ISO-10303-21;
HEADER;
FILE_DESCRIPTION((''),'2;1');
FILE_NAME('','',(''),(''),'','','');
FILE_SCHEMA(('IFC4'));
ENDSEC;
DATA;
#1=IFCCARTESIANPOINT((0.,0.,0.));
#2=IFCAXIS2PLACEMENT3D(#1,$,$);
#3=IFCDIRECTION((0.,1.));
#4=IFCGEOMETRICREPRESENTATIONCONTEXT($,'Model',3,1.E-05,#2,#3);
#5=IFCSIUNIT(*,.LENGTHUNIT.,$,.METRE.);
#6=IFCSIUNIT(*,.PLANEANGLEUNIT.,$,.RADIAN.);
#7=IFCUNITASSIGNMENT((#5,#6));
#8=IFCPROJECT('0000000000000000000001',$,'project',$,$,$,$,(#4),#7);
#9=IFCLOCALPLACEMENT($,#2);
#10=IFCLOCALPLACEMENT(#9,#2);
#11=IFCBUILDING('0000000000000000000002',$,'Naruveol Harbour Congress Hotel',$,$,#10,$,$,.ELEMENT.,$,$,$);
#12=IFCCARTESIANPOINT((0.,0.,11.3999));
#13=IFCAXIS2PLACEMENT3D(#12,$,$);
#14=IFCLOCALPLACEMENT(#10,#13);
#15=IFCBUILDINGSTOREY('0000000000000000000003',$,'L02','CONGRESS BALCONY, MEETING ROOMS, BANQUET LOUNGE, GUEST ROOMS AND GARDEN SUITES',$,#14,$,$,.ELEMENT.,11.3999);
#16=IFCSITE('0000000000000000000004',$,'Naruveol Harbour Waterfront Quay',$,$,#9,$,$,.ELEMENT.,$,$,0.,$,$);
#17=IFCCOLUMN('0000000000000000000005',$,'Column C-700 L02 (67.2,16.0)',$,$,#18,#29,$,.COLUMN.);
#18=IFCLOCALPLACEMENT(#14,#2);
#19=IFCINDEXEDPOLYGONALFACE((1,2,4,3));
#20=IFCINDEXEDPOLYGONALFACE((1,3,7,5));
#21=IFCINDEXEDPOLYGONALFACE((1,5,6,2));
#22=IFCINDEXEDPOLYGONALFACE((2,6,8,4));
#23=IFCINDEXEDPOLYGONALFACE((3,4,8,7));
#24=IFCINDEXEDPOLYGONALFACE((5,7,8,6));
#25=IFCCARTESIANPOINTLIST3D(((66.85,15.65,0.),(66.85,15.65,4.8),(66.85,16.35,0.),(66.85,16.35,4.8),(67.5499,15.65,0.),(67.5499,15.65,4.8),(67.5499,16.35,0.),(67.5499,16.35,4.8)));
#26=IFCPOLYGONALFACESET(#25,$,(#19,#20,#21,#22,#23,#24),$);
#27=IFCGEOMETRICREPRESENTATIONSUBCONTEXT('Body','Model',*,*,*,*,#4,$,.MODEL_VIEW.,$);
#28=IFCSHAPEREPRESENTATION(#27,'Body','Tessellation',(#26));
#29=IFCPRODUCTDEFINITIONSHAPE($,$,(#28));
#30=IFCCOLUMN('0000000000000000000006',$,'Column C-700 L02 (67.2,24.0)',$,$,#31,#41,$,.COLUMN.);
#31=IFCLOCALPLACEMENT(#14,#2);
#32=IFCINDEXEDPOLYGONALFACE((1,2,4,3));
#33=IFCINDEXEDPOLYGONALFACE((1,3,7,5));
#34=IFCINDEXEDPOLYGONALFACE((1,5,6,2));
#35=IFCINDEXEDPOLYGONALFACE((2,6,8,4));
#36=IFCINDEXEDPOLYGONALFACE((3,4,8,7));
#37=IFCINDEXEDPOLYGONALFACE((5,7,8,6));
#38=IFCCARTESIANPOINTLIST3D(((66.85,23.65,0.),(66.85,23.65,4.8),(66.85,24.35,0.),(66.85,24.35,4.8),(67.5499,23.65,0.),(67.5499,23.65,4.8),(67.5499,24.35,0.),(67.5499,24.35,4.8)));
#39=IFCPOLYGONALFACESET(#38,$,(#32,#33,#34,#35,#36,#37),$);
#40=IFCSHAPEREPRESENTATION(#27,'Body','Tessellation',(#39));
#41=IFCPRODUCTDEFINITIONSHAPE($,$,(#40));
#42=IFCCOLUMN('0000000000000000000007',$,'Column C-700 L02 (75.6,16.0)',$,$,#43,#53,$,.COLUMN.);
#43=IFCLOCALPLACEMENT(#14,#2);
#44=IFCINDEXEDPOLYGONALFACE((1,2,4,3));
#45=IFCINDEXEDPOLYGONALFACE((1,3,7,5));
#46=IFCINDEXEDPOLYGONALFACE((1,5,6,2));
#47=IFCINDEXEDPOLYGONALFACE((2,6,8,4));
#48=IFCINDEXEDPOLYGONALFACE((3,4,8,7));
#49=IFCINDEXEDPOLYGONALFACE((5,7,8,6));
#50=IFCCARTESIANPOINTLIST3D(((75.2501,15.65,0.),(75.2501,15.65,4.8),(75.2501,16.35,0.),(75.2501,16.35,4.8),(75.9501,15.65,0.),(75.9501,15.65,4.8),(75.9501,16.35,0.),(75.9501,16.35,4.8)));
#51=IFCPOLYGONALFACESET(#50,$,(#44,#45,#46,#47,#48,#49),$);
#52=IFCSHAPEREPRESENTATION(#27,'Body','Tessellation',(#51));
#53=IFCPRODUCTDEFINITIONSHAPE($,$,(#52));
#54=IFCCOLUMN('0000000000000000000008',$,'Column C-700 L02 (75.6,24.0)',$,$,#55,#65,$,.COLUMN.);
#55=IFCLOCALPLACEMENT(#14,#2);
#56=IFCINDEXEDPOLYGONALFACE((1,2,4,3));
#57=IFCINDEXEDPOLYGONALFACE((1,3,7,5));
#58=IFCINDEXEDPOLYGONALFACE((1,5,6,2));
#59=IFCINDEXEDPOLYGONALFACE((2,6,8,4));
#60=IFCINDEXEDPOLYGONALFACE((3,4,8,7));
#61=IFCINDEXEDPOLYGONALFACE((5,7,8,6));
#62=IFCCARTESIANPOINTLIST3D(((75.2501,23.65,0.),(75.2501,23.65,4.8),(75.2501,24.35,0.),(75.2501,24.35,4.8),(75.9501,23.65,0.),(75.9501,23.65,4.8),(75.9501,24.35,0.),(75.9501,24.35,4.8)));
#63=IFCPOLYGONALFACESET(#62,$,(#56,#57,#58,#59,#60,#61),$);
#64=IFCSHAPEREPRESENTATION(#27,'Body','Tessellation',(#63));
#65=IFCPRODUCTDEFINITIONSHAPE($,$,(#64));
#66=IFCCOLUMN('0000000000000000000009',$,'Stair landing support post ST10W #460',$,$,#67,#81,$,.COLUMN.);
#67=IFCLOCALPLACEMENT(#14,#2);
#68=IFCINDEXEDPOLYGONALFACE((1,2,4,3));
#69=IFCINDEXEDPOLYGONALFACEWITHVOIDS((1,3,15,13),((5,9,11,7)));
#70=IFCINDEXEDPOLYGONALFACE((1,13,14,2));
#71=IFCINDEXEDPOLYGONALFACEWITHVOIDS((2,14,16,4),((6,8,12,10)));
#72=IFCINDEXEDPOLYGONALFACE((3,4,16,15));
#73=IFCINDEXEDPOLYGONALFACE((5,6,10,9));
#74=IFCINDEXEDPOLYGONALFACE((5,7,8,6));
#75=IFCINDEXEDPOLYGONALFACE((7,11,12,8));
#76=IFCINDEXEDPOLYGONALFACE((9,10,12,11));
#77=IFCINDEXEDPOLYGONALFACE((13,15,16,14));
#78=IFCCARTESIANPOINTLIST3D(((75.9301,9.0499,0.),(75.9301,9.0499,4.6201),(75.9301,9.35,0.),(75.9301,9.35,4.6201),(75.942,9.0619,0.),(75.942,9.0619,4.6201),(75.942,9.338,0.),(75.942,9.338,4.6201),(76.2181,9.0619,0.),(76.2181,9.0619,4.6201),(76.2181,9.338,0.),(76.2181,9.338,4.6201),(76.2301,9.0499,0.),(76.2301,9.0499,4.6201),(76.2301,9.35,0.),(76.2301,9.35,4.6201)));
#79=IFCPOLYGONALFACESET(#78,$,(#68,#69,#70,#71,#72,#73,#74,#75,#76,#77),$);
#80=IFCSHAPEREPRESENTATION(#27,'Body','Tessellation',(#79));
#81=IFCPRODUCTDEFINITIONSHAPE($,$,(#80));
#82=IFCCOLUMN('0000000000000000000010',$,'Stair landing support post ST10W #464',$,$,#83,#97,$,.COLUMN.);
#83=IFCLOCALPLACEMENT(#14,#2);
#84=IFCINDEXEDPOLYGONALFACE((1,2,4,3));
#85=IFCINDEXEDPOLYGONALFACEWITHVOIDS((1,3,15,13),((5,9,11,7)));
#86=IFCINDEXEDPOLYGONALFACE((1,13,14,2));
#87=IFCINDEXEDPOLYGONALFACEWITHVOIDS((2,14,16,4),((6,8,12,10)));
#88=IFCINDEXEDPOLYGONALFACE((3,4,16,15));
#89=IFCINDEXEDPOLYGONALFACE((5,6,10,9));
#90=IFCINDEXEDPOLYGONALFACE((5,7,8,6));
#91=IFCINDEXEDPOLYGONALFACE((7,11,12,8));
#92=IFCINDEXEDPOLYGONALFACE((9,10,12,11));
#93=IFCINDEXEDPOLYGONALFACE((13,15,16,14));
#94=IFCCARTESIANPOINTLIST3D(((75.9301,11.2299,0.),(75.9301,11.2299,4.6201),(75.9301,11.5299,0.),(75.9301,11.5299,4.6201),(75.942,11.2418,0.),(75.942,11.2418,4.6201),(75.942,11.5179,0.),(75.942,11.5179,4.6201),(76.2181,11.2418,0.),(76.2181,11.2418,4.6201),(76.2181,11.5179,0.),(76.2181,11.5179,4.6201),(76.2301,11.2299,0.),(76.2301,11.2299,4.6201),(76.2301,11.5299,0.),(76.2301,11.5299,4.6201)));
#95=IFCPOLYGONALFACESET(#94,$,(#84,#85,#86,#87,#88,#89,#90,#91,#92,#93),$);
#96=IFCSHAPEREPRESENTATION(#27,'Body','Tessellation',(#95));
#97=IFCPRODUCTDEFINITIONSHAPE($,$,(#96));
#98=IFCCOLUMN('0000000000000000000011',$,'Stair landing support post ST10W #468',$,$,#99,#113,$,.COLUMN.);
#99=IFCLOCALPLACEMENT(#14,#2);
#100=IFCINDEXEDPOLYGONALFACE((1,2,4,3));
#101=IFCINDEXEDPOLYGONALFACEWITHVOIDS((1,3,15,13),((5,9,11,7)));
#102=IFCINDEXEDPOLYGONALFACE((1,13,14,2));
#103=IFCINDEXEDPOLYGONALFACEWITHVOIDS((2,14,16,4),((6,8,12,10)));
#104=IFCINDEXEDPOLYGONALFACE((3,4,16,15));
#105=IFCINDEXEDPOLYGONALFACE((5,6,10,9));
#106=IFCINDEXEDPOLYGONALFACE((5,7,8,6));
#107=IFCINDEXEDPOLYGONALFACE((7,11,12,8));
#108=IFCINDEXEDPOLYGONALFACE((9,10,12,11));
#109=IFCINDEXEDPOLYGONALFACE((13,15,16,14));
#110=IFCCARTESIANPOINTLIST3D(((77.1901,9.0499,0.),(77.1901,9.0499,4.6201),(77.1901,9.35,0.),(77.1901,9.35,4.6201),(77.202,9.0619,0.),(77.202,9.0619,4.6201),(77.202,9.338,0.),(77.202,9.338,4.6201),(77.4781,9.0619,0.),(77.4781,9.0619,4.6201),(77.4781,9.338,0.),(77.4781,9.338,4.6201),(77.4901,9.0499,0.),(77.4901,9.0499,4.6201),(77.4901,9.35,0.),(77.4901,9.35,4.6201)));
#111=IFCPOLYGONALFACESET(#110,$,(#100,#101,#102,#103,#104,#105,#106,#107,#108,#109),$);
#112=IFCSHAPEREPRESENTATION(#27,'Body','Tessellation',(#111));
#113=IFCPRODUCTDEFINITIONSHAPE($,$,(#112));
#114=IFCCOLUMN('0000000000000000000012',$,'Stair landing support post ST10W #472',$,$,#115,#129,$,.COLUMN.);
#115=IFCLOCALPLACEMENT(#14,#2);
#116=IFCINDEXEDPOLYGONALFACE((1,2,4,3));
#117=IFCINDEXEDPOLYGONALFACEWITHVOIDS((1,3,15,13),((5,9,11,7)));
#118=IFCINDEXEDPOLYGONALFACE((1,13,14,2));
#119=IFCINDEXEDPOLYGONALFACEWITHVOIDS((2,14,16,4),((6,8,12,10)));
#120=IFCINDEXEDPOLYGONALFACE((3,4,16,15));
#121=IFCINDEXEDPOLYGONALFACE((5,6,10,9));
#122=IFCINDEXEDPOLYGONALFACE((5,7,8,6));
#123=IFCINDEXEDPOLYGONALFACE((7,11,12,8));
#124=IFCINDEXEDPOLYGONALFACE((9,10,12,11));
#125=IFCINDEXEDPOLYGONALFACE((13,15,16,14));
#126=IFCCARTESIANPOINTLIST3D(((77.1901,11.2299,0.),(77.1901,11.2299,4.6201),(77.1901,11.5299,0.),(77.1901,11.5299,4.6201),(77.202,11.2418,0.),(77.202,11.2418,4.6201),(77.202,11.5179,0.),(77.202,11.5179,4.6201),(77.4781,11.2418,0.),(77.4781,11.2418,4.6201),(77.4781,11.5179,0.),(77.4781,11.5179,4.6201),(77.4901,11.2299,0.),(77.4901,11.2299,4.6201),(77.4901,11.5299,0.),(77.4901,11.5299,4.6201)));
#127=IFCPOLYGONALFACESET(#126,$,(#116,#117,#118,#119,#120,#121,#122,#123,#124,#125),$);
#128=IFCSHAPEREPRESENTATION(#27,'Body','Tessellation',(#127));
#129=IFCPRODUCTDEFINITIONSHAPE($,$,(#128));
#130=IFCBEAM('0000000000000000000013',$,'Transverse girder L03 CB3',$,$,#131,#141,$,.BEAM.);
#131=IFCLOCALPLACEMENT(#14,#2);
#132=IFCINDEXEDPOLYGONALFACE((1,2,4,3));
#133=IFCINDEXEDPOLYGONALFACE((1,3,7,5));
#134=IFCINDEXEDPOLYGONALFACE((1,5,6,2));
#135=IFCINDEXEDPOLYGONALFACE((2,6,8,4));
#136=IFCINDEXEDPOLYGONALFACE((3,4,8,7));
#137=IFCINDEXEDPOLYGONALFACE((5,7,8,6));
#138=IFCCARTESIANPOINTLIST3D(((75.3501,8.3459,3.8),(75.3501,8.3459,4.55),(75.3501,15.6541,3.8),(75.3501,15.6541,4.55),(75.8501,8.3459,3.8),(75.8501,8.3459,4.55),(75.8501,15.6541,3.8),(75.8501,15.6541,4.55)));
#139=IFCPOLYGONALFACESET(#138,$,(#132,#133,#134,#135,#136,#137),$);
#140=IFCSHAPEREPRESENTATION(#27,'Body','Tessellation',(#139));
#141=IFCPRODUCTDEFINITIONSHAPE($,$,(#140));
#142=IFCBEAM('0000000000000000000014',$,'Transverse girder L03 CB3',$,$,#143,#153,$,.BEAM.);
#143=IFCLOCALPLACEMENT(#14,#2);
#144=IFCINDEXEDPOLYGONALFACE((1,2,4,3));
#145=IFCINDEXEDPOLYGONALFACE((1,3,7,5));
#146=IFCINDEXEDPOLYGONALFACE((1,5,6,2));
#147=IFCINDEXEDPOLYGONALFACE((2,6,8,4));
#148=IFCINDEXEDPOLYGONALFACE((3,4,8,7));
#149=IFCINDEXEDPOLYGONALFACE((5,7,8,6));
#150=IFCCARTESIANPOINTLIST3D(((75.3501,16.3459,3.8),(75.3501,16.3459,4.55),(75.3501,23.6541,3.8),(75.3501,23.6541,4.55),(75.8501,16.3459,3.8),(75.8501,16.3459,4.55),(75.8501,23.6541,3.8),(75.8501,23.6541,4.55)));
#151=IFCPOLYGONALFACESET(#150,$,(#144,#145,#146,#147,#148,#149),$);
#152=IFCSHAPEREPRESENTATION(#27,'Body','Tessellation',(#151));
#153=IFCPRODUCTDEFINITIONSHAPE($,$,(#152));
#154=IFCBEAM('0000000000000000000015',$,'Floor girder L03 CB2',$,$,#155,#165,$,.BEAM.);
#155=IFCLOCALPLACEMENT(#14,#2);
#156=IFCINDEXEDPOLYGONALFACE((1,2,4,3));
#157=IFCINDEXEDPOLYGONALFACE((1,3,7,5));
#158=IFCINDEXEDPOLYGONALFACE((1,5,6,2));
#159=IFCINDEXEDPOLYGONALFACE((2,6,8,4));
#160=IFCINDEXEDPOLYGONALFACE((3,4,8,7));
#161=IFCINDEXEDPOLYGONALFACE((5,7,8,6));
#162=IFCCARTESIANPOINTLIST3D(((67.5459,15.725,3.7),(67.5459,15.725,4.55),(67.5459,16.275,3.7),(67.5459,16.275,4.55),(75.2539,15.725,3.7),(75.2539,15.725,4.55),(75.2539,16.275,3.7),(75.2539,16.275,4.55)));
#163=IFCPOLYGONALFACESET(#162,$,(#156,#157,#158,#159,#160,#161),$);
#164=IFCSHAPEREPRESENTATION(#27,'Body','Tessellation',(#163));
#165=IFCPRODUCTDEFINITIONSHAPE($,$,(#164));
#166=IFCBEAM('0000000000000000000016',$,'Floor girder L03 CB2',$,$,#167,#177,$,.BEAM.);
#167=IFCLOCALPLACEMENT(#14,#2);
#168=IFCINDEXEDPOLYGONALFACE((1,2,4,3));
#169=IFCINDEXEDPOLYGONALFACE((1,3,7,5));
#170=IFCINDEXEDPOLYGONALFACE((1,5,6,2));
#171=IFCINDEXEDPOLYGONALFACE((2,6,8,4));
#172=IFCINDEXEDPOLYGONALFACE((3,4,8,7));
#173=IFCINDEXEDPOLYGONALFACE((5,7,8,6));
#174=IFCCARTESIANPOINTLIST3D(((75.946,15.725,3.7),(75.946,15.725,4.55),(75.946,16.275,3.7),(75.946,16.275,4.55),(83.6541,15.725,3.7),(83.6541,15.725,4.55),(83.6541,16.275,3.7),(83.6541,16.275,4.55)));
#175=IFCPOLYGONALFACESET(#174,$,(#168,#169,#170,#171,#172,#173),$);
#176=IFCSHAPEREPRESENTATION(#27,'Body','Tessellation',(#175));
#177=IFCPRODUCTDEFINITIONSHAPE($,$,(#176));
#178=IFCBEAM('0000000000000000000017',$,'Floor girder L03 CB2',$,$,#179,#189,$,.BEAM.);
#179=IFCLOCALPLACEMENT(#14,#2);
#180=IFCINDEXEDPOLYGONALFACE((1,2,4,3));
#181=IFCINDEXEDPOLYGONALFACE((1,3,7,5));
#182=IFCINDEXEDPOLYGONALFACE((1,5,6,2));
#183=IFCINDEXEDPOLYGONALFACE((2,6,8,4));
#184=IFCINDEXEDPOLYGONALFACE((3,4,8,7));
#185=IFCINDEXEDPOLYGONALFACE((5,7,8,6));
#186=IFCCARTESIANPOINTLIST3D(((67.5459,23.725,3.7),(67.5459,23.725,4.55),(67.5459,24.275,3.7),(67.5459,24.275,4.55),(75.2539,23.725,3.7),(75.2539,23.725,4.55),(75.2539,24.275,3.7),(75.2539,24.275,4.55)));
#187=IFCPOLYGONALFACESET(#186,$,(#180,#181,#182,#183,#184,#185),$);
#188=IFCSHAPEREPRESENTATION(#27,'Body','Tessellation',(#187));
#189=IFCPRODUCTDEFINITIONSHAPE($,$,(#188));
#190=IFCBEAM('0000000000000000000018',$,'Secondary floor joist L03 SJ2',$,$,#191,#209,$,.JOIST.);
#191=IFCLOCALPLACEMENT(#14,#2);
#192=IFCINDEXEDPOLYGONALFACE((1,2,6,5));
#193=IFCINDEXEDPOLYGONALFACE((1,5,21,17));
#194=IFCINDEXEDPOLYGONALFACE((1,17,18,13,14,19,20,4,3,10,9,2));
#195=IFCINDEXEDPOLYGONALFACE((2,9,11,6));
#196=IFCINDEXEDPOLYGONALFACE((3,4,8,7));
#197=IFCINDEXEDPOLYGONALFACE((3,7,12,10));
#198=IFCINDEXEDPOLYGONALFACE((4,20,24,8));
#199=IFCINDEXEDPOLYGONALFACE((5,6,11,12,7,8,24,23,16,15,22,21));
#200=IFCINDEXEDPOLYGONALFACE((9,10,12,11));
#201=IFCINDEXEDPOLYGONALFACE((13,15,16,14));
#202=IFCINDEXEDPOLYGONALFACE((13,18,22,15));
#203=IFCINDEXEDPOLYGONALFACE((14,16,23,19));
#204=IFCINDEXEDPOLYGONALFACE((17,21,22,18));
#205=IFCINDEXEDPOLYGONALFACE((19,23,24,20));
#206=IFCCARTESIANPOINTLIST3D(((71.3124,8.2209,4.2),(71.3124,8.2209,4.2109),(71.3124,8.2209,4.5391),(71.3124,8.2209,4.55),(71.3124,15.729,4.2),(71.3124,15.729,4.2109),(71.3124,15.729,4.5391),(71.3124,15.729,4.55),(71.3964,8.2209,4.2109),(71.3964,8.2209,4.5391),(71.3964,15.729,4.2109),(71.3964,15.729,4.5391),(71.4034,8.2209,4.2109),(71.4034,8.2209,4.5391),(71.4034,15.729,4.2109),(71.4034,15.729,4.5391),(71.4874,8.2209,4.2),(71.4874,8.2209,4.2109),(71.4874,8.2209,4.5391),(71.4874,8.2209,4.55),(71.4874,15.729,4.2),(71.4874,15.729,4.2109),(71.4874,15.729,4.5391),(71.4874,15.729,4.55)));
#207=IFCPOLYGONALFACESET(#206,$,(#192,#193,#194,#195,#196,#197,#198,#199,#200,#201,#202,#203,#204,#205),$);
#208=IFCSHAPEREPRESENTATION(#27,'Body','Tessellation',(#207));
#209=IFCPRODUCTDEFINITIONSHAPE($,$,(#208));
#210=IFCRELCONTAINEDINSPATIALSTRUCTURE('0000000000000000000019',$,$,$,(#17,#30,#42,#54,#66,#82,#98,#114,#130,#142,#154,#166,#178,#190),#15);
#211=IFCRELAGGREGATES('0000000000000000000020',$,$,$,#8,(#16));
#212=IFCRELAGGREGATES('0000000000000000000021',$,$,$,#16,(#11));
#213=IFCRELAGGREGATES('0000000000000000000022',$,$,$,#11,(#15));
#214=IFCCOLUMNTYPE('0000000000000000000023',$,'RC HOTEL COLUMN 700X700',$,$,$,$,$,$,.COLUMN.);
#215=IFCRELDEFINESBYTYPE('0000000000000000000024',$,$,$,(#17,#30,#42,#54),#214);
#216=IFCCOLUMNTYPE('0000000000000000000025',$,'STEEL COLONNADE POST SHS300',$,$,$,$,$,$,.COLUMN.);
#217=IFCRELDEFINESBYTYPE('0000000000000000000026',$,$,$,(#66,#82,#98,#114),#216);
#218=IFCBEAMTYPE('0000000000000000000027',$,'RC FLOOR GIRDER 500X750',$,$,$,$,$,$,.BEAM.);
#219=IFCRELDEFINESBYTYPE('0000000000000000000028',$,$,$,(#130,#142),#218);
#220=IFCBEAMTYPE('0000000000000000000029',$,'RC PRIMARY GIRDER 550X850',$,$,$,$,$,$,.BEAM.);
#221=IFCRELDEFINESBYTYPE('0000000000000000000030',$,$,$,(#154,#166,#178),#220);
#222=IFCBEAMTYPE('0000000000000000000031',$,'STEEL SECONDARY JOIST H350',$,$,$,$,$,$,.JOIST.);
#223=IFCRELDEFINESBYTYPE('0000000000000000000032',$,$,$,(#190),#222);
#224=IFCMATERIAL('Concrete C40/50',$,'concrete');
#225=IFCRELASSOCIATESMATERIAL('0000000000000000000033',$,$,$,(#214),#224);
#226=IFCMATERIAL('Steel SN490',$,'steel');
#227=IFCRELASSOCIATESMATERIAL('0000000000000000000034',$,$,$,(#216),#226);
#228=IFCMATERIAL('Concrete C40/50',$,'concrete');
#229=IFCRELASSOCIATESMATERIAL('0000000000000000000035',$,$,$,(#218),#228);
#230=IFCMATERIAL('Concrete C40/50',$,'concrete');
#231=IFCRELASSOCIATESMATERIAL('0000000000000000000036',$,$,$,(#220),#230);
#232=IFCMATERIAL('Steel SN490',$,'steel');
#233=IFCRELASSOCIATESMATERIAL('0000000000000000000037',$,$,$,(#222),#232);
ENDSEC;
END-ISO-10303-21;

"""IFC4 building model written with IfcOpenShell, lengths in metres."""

from ifc_helpers import new_model, si_unit, direction, frame, origin, origin_2d, place, context, subcontext, project, spatial, rectangle, hollow_rectangle, i_section, extrude, material, material_profile, profile_set, type_object, element, save


model = new_model("IFC4")

# Units and contexts
model_context = context("Model", 3, precision=1e-05, world=origin(), true_north=direction((0.0, 1.0)))
body_context = subcontext(model_context, "Body", "Model", "MODEL_VIEW")
ifc_project = project(units=[si_unit("LENGTHUNIT", "METRE"), si_unit("PLANEANGLEUNIT", "RADIAN")], contexts=[model_context])

# Site, building, storey
site_placement = place(None, origin())
site = spatial("IfcSite", under=ifc_project, at=site_placement, Name="Naruveol Harbour Waterfront Quay", CompositionType="ELEMENT", RefElevation=0.0)
building_placement = place(site_placement, origin())
building = spatial("IfcBuilding", under=site, at=building_placement, Name="Naruveol Harbour Congress Hotel", CompositionType="ELEMENT")
storey_placement = place(building_placement, frame((0.0, 0.0, 11.3999)))
storey = spatial("IfcBuildingStorey", under=building, at=storey_placement, Name="L02", Description="CONGRESS BALCONY, MEETING ROOMS, BANQUET LOUNGE, GUEST ROOMS AND GARDEN SUITES", CompositionType="ELEMENT", Elevation=11.3999)

# Columns
ifc_material_1 = material(Name="Concrete C40/50", Category="concrete")
ifc_material_profile_1 = material_profile(ifc_material_1, rectangle(XDim=0.7, YDim=0.7, at=origin_2d()), Name="RC-700x700")
ifc_profile_set_1 = profile_set([ifc_material_profile_1], Name="Concrete C40/50")
column_type_1 = type_object("IfcColumnType", Name="RC HOTEL COLUMN 700X700", PredefinedType="COLUMN", material=ifc_profile_set_1)
for number, where, z_axis, x_axis, name in (
    (1, (67.2, 16.0, 0.0), (0.0, 0.0, 1.0), (1.0, 0.0, 0.0), "Column C-700 L02 (67.2,16.0)"),
    (2, (67.2, 24.0, 0.0), (0.0, 0.0, 1.0), (1.0, 0.0, 0.0), "Column C-700 L02 (67.2,24.0)"),
    (3, (75.6001, 16.0, 0.0), (0.0, 0.0, 1.0), (1.0, 0.0, 0.0), "Column C-700 L02 (75.6,16.0)"),
    (4, (75.6001, 24.0, 0.0), (0.0, 0.0, 1.0), (1.0, 0.0, 0.0), "Column C-700 L02 (75.6,24.0)"),
):
    element("IfcColumn", number, at=place(storey_placement, frame(where, z_axis=z_axis, x_axis=x_axis)), inside=storey, type_object=column_type_1, Name=name, PredefinedType="COLUMN", context=body_context, shape_type="SweptSolid", body=[
        extrude(rectangle(XDim=0.7, YDim=0.7, at=origin_2d()), origin(), (0.0, 0.0, 1.0), 4.8),
    ])
ifc_material_2 = material(Name="Steel SN490", Category="steel")
ifc_material_profile_2 = material_profile(ifc_material_2, hollow_rectangle(XDim=0.3, YDim=0.3, WallThickness=0.012, at=origin_2d()), Name="SHS-300x300x12")
ifc_profile_set_2 = profile_set([ifc_material_profile_2], Name="Steel SN490")
column_type_2 = type_object("IfcColumnType", Name="STEEL COLONNADE POST SHS300", PredefinedType="COLUMN", material=ifc_profile_set_2)
for number, where, z_axis, x_axis, name in (
    (5, (76.0801, 9.2, 0.0), (0.0, 0.0, 1.0), (1.0, 0.0, 0.0), "Stair landing support post ST10W #460"),
    (6, (76.0801, 11.3799, 0.0), (0.0, 0.0, 1.0), (1.0, 0.0, 0.0), "Stair landing support post ST10W #464"),
    (7, (77.3401, 9.2, 0.0), (0.0, 0.0, 1.0), (1.0, 0.0, 0.0), "Stair landing support post ST10W #468"),
    (8, (77.3401, 11.3799, 0.0), (0.0, 0.0, 1.0), (1.0, 0.0, 0.0), "Stair landing support post ST10W #472"),
):
    element("IfcColumn", number, at=place(storey_placement, frame(where, z_axis=z_axis, x_axis=x_axis)), inside=storey, type_object=column_type_2, Name=name, PredefinedType="COLUMN", context=body_context, shape_type="SweptSolid", body=[
        extrude(hollow_rectangle(XDim=0.3, YDim=0.3, WallThickness=0.012, at=origin_2d()), origin(), (0.0, 0.0, 1.0), 4.6201),
    ])

# Beams
ifc_material_3 = material(Name="Concrete C40/50", Category="concrete")
ifc_material_profile_3 = material_profile(ifc_material_3, rectangle(XDim=0.5, YDim=0.75, at=origin_2d()), Name="RCB-500x750")
ifc_profile_set_3 = profile_set([ifc_material_profile_3], Name="Concrete C40/50")
beam_type_1 = type_object("IfcBeamType", Name="RC FLOOR GIRDER 500X750", PredefinedType="BEAM", material=ifc_profile_set_3)
for number, where, z_axis, x_axis, name in (
    (9, (75.6001, 8.3459, 4.175), (0.0, 1.0, 0.0), (-1.0, 0.0, 0.0), "Transverse girder L03 CB3"),
    (10, (75.6001, 16.3459, 4.175), (0.0, 1.0, 0.0), (-1.0, 0.0, 0.0), "Transverse girder L03 CB3"),
):
    element("IfcBeam", number, at=place(storey_placement, frame(where, z_axis=z_axis, x_axis=x_axis)), inside=storey, type_object=beam_type_1, Name=name, PredefinedType="BEAM", context=body_context, shape_type="SweptSolid", body=[
        extrude(rectangle(XDim=0.5, YDim=0.75, at=origin_2d()), origin(), (0.0, 0.0, 1.0), 7.3081),
    ])
ifc_material_4 = material(Name="Concrete C40/50", Category="concrete")
ifc_material_profile_4 = material_profile(ifc_material_4, rectangle(XDim=0.55, YDim=0.8501, at=origin_2d()), Name="RCB-550x850")
ifc_profile_set_4 = profile_set([ifc_material_profile_4], Name="Concrete C40/50")
beam_type_2 = type_object("IfcBeamType", Name="RC PRIMARY GIRDER 550X850", PredefinedType="BEAM", material=ifc_profile_set_4)
for number, where, z_axis, x_axis, name in (
    (11, (67.5459, 16.0, 4.125), (1.0, 0.0, 0.0), (0.0, 1.0, 0.0), "Floor girder L03 CB2"),
    (12, (75.946, 16.0, 4.125), (1.0, 0.0, 0.0), (0.0, 1.0, 0.0), "Floor girder L03 CB2"),
    (13, (67.5459, 24.0, 4.125), (1.0, 0.0, 0.0), (0.0, 1.0, 0.0), "Floor girder L03 CB2"),
):
    element("IfcBeam", number, at=place(storey_placement, frame(where, z_axis=z_axis, x_axis=x_axis)), inside=storey, type_object=beam_type_2, Name=name, PredefinedType="BEAM", context=body_context, shape_type="SweptSolid", body=[
        extrude(rectangle(XDim=0.55, YDim=0.8501, at=origin_2d()), origin(), (0.0, 0.0, 1.0), 7.708),
    ])
ifc_material_5 = material(Name="Steel SN490", Category="steel")
ifc_material_profile_5 = material_profile(ifc_material_5, i_section(OverallWidth=0.175, OverallDepth=0.3501, WebThickness=0.0071, FlangeThickness=0.011, at=origin_2d()), Name="H-350x175x7x11")
ifc_profile_set_5 = profile_set([ifc_material_profile_5], Name="Steel SN490")
beam_type_3 = type_object("IfcBeamType", Name="STEEL SECONDARY JOIST H350", PredefinedType="JOIST", material=ifc_profile_set_5)
beam_placement = place(storey_placement, frame((71.3999, 8.2209, 4.375), z_axis=(0.0, 1.0, 0.0), x_axis=(-1.0, 0.0, 0.0)))
element("IfcBeam", 14, at=beam_placement, inside=storey, type_object=beam_type_3, Name="Secondary floor joist L03 SJ2", PredefinedType="JOIST", context=body_context, shape_type="SweptSolid", body=[
    extrude(i_section(OverallWidth=0.175, OverallDepth=0.3501, WebThickness=0.0071, FlangeThickness=0.011, at=origin_2d()), origin(), (0.0, 0.0, 1.0), 7.5081),
])

save(model, "model.ifc")
